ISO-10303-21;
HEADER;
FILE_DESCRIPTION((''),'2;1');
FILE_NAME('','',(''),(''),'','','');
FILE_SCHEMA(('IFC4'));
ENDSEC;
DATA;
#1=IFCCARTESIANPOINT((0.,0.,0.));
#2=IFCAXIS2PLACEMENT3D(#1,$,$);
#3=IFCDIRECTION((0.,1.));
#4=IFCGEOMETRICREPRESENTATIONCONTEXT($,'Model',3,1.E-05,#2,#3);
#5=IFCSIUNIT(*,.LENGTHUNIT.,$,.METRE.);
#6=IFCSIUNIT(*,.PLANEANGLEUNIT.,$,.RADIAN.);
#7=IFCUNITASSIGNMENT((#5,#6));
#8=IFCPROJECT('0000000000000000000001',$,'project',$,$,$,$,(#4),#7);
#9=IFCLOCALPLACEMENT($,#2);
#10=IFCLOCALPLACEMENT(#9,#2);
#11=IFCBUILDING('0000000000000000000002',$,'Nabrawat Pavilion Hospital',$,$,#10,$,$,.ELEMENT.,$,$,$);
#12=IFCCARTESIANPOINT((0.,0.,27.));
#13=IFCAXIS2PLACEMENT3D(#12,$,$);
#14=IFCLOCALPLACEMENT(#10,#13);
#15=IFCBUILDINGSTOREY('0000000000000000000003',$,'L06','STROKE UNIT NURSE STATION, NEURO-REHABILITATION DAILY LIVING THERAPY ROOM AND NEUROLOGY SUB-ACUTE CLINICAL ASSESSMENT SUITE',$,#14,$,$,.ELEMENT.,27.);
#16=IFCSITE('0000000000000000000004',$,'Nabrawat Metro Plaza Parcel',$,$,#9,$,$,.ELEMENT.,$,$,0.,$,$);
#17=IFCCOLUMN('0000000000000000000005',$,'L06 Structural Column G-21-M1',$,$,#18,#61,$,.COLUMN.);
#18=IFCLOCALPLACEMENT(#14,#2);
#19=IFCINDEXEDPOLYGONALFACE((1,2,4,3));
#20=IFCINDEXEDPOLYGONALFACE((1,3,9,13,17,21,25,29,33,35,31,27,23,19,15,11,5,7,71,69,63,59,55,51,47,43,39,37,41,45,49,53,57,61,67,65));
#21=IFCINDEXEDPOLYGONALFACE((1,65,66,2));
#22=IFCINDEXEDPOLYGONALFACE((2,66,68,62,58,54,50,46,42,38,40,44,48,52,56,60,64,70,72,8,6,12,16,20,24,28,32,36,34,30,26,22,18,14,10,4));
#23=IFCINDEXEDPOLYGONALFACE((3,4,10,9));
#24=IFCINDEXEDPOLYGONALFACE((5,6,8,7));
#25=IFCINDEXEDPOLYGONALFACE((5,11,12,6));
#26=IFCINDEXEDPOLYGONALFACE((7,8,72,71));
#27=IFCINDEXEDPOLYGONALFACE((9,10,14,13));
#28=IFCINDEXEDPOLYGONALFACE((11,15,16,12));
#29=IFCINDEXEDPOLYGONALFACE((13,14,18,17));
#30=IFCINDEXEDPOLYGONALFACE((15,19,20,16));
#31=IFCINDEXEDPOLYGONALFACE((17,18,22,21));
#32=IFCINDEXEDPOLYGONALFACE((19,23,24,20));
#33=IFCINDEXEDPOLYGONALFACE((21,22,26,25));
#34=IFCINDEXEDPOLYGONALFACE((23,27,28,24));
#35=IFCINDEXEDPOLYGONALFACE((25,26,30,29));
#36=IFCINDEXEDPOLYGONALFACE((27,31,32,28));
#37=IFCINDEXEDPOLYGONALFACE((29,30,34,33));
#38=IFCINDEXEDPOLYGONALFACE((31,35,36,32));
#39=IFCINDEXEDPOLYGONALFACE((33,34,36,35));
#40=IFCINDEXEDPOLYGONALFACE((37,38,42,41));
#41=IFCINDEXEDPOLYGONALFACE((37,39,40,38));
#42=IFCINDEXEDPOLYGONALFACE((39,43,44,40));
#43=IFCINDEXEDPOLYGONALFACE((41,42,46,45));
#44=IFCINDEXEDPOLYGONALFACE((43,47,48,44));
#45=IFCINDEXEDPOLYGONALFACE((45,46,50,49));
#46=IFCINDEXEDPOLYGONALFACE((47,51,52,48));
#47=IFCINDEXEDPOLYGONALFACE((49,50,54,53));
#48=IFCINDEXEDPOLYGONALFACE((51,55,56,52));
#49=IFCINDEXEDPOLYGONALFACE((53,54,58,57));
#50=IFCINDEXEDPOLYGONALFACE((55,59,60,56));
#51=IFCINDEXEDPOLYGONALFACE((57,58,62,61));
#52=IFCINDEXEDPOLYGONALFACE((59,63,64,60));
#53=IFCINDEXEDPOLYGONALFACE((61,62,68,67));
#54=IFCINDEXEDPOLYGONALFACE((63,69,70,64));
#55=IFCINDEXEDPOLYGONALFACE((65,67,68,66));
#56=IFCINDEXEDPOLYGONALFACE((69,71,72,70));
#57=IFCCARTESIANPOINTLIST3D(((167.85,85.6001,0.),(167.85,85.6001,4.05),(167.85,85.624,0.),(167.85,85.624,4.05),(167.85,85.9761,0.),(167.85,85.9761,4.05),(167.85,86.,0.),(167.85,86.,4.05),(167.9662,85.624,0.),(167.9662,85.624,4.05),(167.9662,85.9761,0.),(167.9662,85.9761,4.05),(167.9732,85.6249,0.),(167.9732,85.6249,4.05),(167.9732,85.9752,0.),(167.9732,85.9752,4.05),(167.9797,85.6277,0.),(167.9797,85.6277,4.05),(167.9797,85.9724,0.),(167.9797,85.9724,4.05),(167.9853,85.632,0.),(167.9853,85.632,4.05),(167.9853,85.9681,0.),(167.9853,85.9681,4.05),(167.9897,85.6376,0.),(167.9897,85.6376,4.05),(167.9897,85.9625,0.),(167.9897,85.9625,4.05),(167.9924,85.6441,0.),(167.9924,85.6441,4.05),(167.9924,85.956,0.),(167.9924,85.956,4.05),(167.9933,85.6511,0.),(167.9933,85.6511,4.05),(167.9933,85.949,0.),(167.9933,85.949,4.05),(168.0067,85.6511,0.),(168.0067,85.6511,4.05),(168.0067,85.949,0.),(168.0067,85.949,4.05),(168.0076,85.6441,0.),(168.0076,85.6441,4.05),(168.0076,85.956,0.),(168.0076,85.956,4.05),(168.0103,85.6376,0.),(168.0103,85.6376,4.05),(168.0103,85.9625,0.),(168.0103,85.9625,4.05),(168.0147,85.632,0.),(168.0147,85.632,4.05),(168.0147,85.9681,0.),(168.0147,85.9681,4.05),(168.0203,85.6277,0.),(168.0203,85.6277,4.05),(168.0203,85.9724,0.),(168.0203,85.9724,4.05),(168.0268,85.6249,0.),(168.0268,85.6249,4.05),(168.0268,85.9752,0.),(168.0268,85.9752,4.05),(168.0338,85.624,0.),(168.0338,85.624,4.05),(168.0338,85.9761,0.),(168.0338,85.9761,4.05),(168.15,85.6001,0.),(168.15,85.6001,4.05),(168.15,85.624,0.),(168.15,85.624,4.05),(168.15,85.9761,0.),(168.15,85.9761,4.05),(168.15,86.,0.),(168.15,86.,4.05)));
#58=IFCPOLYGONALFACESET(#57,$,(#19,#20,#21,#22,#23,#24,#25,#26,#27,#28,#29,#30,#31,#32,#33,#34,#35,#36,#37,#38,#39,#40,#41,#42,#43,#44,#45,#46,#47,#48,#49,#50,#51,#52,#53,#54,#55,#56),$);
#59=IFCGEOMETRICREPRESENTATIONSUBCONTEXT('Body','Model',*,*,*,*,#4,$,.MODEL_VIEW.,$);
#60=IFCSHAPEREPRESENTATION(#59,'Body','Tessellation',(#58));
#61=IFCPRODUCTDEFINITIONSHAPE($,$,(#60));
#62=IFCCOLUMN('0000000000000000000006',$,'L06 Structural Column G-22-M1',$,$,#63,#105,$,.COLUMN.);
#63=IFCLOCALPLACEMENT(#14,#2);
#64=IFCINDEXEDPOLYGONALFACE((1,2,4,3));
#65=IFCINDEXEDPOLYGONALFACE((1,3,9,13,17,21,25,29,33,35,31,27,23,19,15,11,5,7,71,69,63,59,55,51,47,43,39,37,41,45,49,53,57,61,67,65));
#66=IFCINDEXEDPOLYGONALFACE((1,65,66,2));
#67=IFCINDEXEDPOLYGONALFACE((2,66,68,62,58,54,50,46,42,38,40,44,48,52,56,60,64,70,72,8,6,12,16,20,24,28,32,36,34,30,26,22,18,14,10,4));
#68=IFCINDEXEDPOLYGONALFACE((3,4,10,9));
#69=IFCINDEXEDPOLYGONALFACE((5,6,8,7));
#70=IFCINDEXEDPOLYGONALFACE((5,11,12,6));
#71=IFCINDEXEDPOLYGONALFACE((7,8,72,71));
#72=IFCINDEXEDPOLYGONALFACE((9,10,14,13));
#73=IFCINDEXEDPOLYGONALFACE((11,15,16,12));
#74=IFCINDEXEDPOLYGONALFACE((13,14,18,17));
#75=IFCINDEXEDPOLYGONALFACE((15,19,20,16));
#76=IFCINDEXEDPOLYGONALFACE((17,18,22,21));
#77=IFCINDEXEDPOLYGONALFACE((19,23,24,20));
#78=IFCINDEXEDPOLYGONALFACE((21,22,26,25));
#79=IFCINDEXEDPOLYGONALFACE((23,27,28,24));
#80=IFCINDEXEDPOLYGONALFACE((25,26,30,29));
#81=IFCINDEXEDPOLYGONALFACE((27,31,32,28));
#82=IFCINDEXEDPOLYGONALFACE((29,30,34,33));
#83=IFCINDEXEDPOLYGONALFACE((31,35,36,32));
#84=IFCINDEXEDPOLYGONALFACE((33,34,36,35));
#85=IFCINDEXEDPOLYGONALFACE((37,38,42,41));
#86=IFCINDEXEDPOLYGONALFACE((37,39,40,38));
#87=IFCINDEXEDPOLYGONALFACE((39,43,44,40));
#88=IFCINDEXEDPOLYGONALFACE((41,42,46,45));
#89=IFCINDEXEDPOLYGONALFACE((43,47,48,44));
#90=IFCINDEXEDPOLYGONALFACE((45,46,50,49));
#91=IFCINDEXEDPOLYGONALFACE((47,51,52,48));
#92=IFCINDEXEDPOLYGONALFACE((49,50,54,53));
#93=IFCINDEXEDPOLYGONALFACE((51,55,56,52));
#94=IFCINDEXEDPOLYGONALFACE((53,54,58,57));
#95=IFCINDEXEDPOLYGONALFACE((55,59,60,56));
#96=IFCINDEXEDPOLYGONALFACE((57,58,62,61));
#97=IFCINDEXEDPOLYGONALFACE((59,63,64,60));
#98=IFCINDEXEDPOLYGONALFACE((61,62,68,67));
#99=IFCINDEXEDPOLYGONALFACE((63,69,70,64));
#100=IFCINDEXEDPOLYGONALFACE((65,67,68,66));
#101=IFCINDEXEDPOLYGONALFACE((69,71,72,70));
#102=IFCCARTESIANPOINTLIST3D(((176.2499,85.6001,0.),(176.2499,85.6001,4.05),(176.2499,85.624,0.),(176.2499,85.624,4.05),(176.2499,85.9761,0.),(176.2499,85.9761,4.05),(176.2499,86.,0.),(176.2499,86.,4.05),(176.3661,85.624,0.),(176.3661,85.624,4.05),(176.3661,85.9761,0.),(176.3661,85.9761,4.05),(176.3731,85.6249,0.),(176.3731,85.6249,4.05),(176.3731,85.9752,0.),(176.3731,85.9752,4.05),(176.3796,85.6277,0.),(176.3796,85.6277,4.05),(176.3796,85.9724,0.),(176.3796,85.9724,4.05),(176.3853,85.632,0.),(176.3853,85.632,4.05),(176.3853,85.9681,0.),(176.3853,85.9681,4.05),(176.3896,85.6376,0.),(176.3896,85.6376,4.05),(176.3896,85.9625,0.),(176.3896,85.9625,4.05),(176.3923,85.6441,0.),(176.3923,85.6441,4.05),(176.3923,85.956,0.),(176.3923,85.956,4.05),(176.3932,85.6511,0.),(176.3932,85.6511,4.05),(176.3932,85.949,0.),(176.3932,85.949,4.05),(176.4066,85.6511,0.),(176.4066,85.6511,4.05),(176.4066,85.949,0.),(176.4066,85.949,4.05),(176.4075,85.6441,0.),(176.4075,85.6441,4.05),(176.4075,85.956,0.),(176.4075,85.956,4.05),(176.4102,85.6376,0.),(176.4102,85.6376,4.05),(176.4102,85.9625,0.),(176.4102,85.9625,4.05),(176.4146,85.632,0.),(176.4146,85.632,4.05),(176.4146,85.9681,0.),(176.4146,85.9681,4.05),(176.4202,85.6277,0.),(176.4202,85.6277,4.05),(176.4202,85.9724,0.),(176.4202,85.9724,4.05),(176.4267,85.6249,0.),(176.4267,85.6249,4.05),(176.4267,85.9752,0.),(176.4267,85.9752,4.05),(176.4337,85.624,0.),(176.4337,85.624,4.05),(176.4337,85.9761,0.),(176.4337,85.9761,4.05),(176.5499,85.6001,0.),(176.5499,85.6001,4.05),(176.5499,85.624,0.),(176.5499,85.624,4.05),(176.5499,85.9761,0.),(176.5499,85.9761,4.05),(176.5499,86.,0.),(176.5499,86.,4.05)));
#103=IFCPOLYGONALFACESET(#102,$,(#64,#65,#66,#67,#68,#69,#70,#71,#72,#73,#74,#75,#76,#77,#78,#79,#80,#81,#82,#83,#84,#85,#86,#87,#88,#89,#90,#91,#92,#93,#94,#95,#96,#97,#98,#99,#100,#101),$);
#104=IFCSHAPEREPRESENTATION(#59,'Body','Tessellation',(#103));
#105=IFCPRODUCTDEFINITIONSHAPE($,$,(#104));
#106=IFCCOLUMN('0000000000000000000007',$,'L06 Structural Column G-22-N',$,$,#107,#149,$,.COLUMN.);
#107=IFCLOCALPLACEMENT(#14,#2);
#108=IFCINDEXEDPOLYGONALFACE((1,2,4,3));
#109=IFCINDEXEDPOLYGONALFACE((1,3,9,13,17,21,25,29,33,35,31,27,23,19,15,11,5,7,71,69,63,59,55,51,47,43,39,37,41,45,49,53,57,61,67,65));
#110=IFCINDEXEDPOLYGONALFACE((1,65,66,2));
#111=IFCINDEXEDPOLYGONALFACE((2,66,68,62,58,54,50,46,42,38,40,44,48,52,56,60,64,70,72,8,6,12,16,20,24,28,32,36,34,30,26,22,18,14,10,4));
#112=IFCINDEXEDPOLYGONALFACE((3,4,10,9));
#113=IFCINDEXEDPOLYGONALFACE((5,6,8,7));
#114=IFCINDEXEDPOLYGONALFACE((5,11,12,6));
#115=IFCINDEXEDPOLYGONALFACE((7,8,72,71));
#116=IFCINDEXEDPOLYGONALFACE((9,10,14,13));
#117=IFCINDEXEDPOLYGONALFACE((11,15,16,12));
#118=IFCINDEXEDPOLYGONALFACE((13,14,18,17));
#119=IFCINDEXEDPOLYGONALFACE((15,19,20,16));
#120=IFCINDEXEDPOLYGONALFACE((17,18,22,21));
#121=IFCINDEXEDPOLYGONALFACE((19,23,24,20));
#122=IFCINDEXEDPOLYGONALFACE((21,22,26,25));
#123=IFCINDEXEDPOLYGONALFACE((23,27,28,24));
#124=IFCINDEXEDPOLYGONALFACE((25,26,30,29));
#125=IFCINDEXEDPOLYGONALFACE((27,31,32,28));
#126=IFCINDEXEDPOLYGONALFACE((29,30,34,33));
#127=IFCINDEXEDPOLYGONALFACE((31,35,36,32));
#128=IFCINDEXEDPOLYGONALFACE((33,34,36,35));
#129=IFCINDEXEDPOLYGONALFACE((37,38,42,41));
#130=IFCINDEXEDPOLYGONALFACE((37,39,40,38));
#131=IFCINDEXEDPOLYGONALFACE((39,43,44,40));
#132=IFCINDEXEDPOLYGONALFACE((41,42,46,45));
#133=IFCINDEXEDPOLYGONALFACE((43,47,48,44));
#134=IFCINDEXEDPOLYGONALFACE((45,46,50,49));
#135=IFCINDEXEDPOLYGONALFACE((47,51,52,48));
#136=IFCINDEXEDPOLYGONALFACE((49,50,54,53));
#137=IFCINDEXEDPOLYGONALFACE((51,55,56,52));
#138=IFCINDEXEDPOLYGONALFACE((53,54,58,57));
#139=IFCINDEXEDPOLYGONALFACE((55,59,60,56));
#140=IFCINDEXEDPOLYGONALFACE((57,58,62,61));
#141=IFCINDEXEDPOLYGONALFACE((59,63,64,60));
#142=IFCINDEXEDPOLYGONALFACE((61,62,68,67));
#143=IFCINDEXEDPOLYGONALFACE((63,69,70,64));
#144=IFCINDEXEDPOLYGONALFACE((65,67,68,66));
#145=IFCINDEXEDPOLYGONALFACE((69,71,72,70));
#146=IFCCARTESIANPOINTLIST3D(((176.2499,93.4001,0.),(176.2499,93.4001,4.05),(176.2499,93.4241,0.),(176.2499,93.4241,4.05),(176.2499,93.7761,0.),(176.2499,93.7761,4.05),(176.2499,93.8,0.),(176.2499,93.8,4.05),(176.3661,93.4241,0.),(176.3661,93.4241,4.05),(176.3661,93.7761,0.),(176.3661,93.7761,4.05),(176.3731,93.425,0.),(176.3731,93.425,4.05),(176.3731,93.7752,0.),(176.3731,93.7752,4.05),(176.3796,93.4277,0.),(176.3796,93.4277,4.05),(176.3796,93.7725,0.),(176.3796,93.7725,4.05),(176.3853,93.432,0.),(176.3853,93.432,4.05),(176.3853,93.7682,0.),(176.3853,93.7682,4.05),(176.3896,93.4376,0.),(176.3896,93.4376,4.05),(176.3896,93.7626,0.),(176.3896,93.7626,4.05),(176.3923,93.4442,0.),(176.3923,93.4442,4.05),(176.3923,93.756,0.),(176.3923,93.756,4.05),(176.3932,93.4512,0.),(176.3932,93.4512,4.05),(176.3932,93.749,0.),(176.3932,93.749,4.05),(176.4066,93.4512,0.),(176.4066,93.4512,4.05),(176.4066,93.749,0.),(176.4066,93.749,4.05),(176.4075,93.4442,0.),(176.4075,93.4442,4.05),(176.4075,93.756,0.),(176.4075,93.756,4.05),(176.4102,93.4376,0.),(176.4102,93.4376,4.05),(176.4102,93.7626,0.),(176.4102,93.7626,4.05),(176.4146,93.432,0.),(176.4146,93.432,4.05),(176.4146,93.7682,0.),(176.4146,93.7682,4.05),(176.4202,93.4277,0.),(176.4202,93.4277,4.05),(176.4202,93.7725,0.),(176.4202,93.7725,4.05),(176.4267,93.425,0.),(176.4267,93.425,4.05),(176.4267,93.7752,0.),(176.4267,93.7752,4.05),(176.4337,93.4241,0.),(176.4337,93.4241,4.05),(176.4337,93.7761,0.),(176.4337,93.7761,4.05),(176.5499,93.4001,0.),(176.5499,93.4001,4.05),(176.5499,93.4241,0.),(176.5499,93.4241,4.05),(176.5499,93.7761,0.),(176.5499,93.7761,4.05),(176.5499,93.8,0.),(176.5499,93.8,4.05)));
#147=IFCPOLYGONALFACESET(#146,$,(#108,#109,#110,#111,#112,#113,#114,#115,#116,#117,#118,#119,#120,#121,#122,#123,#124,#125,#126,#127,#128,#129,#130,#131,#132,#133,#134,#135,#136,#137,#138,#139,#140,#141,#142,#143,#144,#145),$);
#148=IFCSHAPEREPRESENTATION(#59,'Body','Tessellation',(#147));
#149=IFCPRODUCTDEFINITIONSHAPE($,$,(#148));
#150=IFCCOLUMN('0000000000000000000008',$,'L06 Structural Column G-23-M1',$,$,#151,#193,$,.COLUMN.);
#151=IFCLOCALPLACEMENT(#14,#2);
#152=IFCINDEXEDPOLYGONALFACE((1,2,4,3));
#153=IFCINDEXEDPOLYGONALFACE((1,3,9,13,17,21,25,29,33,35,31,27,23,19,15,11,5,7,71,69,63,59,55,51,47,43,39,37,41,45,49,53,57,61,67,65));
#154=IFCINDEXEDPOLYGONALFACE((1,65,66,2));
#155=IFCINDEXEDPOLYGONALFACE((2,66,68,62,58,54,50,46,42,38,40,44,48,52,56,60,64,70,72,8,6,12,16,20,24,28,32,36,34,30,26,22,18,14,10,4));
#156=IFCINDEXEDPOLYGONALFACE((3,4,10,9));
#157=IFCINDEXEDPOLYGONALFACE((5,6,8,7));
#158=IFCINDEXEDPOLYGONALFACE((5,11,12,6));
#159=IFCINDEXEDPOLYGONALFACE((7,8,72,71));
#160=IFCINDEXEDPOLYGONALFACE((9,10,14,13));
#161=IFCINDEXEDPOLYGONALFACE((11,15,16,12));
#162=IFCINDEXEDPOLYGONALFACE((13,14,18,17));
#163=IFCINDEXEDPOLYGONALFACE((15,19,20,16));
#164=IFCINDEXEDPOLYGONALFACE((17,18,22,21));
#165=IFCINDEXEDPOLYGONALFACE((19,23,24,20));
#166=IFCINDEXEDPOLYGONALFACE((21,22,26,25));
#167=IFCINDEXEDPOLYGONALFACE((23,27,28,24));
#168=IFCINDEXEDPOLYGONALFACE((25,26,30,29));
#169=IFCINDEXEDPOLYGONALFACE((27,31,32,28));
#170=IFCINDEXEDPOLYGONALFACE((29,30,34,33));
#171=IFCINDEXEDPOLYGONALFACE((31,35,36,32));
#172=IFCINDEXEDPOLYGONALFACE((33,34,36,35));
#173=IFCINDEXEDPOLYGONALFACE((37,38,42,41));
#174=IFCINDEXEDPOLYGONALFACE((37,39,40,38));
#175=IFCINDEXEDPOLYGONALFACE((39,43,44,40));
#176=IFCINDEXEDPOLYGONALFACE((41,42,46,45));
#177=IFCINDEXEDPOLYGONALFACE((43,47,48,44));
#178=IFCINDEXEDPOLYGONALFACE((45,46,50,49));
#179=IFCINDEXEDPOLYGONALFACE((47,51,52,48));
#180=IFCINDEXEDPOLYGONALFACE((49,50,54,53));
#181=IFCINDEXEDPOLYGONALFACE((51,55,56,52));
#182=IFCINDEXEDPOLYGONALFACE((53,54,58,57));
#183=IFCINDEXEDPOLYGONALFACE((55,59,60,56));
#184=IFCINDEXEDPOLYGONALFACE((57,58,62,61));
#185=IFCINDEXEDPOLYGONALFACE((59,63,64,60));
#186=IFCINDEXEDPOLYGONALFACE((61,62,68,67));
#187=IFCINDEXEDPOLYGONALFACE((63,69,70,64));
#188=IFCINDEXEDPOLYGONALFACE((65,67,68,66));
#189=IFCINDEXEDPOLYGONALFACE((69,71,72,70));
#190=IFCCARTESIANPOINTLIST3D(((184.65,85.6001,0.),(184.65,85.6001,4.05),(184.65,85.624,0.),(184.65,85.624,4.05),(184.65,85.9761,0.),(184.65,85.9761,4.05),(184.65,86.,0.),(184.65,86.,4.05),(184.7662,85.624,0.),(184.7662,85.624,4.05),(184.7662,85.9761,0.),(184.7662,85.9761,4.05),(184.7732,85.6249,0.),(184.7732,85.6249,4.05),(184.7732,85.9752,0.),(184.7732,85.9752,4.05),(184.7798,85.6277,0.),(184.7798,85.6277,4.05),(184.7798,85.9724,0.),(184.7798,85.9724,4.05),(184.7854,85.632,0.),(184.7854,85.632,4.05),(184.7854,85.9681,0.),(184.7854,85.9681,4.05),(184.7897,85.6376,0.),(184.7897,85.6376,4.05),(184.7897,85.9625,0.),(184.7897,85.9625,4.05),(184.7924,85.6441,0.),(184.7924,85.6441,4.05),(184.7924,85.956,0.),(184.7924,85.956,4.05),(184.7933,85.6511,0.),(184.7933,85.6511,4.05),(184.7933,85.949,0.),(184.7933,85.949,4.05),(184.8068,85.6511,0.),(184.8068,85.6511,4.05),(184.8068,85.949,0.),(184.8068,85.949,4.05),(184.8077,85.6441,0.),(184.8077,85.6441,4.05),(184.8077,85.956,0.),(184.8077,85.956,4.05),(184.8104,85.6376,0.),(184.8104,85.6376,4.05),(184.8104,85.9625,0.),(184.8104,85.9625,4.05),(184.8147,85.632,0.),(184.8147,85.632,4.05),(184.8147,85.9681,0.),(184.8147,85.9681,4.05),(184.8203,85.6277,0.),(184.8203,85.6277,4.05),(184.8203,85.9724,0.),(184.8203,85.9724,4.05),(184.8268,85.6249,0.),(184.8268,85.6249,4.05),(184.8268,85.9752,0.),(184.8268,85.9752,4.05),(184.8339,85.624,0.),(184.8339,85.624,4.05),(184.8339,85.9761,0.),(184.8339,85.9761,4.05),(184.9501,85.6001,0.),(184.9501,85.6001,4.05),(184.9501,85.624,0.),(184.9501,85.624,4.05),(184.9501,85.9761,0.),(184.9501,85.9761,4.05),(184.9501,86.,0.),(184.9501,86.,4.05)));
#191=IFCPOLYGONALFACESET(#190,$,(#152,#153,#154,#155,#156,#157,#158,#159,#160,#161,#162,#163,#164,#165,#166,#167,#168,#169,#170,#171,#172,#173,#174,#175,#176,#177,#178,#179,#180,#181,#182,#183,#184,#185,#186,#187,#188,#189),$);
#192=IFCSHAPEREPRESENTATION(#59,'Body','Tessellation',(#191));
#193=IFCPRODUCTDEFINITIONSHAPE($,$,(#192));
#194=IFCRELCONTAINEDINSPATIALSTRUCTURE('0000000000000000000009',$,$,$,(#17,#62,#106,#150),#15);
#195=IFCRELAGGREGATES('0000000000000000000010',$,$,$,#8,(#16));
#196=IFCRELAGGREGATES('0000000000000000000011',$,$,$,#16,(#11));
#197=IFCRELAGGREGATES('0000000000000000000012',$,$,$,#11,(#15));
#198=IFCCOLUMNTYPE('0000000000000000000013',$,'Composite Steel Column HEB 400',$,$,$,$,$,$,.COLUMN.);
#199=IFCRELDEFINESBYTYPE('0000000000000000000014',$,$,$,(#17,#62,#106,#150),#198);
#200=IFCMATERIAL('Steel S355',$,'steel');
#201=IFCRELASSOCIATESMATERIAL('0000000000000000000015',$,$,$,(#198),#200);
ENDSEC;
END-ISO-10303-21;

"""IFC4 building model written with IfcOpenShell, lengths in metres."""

from ifc_helpers import new_model, si_unit, direction, frame, origin, origin_2d, place, context, subcontext, project, spatial, i_section, extrude, material, material_profile, profile_set, type_object, element, save


model = new_model("IFC4")

# Units and contexts
model_context = context("Model", 3, precision=1e-05, world=origin(), true_north=direction((0.0, 1.0)))
body_context = subcontext(model_context, "Body", "Model", "MODEL_VIEW")
ifc_project = project(units=[si_unit("LENGTHUNIT", "METRE"), si_unit("PLANEANGLEUNIT", "RADIAN")], contexts=[model_context])

# Site, building, storey
site_placement = place(None, origin())
site = spatial("IfcSite", under=ifc_project, at=site_placement, Name="Nabrawat Metro Plaza Parcel", CompositionType="ELEMENT", RefElevation=0.0)
building_placement = place(site_placement, origin())
building = spatial("IfcBuilding", under=site, at=building_placement, Name="Nabrawat Pavilion Hospital", CompositionType="ELEMENT")
storey_placement = place(building_placement, frame((0.0, 0.0, 27.0)))
storey = spatial("IfcBuildingStorey", under=building, at=storey_placement, Name="L06", Description="STROKE UNIT NURSE STATION, NEURO-REHABILITATION DAILY LIVING THERAPY ROOM AND NEUROLOGY SUB-ACUTE CLINICAL ASSESSMENT SUITE", CompositionType="ELEMENT", Elevation=27.0)

# Columns
ifc_material_1 = material(Name="Steel S355", Category="steel")
ifc_material_profile_1 = material_profile(ifc_material_1, i_section(OverallWidth=0.3, OverallDepth=0.3999, WebThickness=0.0134, FlangeThickness=0.0239, FilletRadius=0.0271, at=origin_2d()), Name="HEB 400")
ifc_profile_set_1 = profile_set([ifc_material_profile_1], Name="Steel S355")
column_type = type_object("IfcColumnType", Name="Composite Steel Column HEB 400", PredefinedType="COLUMN", material=ifc_profile_set_1)
for number, where, z_axis, x_axis, name in (
    (1, (168.0, 85.8, 0.0), (0.0, 0.0, 1.0), (1.0, 0.0, 0.0), "L06 Structural Column G-21-M1"),
    (2, (176.3999, 85.8, 0.0), (0.0, 0.0, 1.0), (1.0, 0.0, 0.0), "L06 Structural Column G-22-M1"),
    (3, (176.3999, 93.6001, 0.0), (0.0, 0.0, 1.0), (1.0, 0.0, 0.0), "L06 Structural Column G-22-N"),
    (4, (184.8, 85.8, 0.0), (0.0, 0.0, 1.0), (1.0, 0.0, 0.0), "L06 Structural Column G-23-M1"),
):
    element("IfcColumn", number, at=place(storey_placement, frame(where, z_axis=z_axis, x_axis=x_axis)), inside=storey, type_object=column_type, Name=name, PredefinedType="COLUMN", context=body_context, shape_type="SweptSolid", body=[
        extrude(i_section(OverallWidth=0.3, OverallDepth=0.3999, WebThickness=0.0134, FlangeThickness=0.0239, FilletRadius=0.0271, at=origin_2d()), origin(), (0.0, 0.0, 1.0), 4.05),
    ])

save(model, "model.ifc")
